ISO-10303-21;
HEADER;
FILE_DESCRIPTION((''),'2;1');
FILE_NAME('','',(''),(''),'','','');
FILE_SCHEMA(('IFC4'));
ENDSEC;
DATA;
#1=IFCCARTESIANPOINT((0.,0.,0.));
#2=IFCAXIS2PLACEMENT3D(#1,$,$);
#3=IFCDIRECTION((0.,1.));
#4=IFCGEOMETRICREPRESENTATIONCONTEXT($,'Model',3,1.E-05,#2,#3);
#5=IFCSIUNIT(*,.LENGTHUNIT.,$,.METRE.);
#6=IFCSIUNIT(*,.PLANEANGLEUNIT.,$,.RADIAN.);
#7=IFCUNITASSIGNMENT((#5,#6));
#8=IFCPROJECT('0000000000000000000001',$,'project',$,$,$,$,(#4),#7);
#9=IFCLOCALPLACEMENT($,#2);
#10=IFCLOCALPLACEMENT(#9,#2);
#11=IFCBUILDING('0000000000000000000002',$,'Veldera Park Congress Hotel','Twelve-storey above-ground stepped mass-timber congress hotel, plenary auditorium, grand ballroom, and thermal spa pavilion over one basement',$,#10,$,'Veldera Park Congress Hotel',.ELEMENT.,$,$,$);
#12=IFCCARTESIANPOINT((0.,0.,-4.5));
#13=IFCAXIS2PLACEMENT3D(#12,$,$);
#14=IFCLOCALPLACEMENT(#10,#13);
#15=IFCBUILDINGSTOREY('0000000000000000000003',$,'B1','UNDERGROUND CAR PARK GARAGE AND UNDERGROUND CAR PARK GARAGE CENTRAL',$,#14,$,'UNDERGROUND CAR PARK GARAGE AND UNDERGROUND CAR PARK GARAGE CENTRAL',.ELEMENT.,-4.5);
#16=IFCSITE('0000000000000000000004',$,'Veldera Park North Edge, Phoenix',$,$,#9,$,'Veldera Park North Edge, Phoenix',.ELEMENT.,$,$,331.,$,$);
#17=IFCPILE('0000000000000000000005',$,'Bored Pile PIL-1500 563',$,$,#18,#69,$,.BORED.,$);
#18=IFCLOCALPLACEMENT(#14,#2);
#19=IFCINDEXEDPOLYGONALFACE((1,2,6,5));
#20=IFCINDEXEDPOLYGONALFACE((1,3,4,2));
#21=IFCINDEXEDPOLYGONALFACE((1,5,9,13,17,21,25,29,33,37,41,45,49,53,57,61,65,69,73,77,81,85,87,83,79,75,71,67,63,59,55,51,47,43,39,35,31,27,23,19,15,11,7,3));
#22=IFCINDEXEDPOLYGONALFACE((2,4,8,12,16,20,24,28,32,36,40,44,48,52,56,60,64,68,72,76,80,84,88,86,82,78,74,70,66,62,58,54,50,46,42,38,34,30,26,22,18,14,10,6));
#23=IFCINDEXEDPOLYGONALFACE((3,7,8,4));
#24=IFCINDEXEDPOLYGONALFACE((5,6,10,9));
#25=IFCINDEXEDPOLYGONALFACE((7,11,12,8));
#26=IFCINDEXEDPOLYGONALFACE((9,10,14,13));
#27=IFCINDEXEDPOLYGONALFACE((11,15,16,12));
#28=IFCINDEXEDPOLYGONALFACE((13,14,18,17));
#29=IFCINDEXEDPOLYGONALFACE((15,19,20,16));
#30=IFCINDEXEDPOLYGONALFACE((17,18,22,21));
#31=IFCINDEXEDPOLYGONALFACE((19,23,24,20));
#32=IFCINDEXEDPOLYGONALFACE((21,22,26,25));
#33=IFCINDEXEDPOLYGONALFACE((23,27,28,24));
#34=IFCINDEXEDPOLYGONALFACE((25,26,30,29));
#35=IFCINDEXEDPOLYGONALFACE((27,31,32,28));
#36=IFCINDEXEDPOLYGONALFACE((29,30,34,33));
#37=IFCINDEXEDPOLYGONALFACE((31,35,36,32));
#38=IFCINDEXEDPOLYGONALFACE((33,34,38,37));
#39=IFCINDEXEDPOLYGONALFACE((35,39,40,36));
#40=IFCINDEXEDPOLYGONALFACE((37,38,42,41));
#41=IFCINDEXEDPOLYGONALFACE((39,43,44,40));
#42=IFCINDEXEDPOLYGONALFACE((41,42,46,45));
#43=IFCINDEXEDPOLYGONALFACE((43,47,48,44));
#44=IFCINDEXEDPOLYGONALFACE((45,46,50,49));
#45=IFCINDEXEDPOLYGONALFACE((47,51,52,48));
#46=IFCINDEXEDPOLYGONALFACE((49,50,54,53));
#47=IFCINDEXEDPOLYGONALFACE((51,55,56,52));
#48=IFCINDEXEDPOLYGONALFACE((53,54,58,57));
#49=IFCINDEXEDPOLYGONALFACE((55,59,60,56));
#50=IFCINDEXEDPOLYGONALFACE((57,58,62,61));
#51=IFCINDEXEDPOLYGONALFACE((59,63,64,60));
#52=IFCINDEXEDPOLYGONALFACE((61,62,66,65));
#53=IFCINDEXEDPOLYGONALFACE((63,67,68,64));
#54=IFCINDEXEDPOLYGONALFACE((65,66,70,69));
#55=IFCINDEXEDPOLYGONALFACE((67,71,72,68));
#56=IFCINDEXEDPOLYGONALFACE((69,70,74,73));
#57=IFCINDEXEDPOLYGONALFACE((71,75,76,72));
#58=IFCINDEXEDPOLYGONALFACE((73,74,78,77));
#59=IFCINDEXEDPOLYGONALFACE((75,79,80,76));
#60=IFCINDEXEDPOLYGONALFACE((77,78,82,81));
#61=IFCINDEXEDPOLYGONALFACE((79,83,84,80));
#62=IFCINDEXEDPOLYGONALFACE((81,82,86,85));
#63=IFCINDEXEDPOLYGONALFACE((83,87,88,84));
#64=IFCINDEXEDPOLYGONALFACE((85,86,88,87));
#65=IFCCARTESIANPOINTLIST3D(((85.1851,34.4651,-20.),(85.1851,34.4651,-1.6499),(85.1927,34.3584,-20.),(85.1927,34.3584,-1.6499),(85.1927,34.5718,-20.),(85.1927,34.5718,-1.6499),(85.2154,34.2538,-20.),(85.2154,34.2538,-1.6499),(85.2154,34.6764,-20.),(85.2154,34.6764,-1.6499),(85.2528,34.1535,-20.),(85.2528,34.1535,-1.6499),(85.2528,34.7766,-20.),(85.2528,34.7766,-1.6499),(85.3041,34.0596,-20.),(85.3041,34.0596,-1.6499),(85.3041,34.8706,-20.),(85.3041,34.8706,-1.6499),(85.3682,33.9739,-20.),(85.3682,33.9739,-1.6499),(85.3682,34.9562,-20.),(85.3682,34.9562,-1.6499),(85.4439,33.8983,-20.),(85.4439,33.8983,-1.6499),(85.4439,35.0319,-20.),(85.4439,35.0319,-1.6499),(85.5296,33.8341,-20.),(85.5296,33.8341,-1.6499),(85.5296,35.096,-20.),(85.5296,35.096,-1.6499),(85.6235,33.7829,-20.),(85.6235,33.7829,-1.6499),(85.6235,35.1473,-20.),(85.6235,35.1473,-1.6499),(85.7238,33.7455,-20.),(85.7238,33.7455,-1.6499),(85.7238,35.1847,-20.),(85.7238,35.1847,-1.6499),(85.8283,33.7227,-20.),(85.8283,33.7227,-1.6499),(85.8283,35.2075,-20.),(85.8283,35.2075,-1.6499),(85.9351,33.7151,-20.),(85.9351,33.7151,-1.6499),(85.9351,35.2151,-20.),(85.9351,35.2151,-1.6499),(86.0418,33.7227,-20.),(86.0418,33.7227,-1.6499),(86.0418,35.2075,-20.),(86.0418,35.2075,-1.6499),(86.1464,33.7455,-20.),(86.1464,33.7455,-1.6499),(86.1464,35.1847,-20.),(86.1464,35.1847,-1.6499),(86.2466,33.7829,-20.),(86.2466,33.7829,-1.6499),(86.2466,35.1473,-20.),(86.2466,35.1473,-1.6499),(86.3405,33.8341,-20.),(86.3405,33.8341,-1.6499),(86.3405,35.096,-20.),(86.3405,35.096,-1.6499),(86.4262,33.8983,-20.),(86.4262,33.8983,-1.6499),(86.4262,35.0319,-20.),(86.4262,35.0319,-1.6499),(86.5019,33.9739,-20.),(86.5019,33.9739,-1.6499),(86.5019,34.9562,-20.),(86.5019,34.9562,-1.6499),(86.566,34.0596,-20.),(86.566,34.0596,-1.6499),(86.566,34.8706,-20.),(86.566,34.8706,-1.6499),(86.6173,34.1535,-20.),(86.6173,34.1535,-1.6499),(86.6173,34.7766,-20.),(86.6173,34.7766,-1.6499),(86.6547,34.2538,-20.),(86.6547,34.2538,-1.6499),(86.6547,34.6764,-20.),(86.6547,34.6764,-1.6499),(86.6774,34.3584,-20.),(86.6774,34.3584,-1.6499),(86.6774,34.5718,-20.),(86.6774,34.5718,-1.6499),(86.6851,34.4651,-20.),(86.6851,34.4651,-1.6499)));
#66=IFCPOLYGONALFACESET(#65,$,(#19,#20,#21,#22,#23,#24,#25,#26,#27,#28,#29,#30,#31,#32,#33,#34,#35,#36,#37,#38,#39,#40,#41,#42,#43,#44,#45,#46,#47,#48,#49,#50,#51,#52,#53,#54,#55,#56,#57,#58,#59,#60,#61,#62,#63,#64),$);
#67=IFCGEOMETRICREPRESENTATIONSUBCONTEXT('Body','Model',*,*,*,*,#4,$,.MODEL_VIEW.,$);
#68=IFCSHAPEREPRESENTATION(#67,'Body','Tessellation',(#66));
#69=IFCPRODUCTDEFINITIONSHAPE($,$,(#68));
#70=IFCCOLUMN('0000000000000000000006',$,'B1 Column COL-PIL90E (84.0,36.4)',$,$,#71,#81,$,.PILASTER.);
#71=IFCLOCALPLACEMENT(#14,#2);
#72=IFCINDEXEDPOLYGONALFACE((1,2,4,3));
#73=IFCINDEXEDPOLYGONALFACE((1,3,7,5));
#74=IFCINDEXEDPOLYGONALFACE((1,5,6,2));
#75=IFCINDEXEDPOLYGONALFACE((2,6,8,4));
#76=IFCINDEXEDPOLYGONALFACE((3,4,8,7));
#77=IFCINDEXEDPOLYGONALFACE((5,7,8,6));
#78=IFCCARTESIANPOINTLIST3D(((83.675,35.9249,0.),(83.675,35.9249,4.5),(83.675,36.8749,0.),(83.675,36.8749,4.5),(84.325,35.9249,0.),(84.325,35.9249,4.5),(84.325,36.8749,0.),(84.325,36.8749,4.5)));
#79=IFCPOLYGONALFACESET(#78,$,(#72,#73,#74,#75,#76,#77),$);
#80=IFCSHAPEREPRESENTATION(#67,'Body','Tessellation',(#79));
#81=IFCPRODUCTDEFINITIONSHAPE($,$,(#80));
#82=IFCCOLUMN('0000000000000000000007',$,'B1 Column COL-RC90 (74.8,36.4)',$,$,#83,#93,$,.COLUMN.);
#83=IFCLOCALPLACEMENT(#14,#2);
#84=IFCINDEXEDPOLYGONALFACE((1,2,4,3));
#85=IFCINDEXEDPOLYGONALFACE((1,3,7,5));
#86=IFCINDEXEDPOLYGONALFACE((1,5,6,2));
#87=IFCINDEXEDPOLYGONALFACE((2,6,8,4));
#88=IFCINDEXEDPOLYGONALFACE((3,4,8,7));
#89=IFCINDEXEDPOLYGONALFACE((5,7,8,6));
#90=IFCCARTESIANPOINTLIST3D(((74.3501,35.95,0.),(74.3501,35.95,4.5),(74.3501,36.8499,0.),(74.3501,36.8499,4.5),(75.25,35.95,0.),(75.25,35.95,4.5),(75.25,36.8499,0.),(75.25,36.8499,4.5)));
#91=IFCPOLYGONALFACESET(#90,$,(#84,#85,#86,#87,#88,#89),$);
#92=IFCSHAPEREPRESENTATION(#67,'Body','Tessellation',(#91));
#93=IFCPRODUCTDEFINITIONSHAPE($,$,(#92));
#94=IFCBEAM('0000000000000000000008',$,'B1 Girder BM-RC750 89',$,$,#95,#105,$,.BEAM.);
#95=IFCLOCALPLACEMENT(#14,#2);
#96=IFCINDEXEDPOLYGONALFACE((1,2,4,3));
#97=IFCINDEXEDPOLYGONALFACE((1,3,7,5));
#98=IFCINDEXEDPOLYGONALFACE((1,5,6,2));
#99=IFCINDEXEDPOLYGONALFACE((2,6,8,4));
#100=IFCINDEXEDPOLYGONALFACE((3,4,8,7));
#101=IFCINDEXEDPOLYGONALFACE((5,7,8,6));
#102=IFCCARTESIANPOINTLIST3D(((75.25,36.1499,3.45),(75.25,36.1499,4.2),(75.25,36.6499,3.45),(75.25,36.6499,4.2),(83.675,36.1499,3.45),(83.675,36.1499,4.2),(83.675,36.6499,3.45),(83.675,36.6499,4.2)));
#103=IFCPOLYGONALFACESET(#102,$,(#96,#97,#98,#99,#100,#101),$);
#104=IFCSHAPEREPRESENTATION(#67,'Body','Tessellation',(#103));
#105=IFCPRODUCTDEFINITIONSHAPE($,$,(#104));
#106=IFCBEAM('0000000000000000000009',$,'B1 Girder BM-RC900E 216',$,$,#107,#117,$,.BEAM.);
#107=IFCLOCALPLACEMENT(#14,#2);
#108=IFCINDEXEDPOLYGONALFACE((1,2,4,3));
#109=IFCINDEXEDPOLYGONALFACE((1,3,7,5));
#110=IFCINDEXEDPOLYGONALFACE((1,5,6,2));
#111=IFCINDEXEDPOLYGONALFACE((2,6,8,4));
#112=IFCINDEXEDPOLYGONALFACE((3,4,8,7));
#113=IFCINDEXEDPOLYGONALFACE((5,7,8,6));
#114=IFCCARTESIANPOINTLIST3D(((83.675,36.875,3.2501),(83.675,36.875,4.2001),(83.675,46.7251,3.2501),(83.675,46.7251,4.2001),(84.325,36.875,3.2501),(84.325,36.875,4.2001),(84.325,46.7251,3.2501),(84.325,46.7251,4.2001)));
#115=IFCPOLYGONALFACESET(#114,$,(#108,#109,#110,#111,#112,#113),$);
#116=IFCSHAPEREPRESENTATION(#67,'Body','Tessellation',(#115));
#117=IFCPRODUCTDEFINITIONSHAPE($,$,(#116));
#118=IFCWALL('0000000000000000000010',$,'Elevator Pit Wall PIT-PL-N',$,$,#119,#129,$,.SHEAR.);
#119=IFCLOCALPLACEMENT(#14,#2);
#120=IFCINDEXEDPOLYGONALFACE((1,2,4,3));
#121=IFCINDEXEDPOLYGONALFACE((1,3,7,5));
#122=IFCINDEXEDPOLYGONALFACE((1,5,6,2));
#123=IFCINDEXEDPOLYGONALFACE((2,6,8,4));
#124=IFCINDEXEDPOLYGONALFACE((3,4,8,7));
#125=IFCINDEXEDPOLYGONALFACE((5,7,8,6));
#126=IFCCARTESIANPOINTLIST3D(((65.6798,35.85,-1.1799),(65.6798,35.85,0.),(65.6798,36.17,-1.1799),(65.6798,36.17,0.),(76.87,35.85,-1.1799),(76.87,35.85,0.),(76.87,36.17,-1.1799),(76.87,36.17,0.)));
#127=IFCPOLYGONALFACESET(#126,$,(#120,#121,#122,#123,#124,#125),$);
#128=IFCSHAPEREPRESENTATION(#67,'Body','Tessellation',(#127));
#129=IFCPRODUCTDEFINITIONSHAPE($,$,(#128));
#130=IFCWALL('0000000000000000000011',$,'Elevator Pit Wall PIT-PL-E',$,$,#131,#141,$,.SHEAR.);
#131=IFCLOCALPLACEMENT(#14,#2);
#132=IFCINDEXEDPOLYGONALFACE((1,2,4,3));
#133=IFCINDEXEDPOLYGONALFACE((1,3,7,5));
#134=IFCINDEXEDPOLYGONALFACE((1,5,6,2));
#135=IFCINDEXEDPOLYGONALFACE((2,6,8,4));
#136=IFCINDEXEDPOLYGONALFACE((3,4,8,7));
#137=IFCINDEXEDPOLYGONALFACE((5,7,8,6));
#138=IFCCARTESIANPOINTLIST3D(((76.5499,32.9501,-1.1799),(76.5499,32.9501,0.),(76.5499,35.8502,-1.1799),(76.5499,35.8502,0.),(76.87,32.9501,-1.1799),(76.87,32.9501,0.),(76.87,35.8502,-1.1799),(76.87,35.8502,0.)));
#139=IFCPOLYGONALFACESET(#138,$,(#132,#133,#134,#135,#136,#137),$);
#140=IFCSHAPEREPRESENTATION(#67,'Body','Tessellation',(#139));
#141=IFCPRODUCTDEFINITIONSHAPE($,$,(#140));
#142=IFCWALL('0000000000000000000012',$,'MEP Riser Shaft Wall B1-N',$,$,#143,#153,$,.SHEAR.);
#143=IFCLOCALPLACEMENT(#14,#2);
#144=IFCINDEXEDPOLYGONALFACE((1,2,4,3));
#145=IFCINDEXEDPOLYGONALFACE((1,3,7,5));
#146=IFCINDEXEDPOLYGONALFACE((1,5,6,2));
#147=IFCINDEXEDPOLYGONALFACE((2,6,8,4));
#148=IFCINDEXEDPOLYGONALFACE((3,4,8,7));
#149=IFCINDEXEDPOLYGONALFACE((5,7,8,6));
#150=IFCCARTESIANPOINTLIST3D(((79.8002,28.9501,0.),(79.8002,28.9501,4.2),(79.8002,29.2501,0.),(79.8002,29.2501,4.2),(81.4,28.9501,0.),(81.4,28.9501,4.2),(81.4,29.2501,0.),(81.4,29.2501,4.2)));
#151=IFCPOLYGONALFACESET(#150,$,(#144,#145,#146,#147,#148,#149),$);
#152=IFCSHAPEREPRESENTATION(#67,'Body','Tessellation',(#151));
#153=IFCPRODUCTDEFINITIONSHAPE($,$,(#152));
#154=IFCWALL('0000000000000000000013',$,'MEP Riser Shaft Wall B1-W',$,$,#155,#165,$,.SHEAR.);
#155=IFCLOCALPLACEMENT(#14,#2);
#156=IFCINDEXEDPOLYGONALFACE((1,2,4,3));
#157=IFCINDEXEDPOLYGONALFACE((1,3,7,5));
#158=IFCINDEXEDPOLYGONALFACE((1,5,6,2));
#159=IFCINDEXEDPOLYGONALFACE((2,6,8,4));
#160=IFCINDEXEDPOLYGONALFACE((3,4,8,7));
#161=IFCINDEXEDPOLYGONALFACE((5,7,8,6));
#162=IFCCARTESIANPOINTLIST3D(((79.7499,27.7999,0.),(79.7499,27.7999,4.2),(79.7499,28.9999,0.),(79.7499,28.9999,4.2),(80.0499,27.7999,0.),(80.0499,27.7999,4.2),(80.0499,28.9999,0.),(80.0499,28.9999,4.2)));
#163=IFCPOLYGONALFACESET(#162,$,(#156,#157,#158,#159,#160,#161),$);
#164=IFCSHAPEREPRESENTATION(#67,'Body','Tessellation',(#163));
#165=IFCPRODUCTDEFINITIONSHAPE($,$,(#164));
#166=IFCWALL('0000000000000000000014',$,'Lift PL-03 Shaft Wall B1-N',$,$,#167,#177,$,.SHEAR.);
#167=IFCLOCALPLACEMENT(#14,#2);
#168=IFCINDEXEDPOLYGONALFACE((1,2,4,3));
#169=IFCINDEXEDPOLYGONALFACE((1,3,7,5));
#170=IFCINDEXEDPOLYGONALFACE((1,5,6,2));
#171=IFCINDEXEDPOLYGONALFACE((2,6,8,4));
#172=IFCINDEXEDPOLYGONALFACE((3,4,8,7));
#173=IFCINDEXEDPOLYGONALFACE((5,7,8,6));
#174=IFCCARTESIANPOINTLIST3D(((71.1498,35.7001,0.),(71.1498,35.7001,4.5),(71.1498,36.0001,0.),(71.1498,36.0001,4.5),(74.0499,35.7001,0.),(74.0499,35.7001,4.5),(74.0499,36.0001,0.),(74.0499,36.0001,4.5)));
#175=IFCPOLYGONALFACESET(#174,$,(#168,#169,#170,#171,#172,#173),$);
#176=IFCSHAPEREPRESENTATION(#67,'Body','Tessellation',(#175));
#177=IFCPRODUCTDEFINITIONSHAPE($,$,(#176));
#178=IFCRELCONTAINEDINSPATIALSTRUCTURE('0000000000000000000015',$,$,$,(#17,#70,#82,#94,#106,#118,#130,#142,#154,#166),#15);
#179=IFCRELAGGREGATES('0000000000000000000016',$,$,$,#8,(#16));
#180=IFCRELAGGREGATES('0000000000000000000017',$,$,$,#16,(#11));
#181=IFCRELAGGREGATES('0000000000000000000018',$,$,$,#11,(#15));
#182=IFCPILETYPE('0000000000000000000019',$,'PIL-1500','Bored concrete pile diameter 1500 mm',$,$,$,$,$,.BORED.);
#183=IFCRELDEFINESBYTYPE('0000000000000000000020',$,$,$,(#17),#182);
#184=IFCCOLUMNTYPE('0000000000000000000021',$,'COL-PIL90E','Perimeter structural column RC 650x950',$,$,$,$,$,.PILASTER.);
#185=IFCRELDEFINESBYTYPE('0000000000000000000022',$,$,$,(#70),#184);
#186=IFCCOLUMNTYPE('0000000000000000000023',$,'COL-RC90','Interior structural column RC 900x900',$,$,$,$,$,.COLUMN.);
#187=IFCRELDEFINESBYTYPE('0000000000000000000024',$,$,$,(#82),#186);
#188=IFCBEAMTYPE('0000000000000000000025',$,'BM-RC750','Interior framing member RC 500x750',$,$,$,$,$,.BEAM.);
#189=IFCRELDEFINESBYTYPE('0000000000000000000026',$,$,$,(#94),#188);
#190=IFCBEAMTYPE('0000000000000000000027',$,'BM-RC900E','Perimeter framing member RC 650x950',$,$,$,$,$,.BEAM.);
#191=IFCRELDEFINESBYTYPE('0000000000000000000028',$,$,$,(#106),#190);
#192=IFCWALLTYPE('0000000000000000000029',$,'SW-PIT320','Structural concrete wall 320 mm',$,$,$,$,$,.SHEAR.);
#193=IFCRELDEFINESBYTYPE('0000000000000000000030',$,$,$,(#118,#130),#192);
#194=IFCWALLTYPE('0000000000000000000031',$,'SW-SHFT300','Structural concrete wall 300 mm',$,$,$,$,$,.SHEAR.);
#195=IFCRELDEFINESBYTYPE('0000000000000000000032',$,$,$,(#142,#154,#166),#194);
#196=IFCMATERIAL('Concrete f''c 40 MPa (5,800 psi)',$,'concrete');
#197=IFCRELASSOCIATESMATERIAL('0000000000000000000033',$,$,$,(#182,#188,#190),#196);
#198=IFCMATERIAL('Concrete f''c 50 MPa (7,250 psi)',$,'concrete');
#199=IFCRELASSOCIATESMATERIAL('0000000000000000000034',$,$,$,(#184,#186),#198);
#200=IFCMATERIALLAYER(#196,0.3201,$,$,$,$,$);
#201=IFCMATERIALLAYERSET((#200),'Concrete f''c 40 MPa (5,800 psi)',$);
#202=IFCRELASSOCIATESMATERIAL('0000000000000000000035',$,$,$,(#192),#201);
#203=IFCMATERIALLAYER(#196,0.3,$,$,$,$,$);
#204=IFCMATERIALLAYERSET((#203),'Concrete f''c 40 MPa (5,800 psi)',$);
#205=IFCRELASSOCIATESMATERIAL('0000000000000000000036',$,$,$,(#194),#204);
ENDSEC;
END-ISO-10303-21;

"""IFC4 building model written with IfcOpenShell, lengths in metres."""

from ifc_helpers import new_model, si_unit, direction, frame, frame_2d, origin, origin_2d, place, context, subcontext, project, spatial, rectangle, circle, extrude, material, layer, layer_set, material_profile, profile_set, type_object, element, save


model = new_model("IFC4")

# Units and contexts
model_context = context("Model", 3, precision=1e-05, world=origin(), true_north=direction((0.0, 1.0)))
body_context = subcontext(model_context, "Body", "Model", "MODEL_VIEW")
ifc_project = project(units=[si_unit("LENGTHUNIT", "METRE"), si_unit("PLANEANGLEUNIT", "RADIAN")], contexts=[model_context])

# Site, building, storey
site_placement = place(None, origin())
site = spatial("IfcSite", under=ifc_project, at=site_placement, Name="Veldera Park North Edge, Phoenix", LongName="Veldera Park North Edge, Phoenix", CompositionType="ELEMENT", RefElevation=331.0)
building_placement = place(site_placement, origin())
building = spatial("IfcBuilding", under=site, at=building_placement, Name="Veldera Park Congress Hotel", Description="Twelve-storey above-ground stepped mass-timber congress hotel, plenary auditorium, grand ballroom, and thermal spa pavilion over one basement", LongName="Veldera Park Congress Hotel", CompositionType="ELEMENT")
storey_placement = place(building_placement, frame((0.0, 0.0, -4.5)))
storey = spatial("IfcBuildingStorey", under=building, at=storey_placement, Name="B1", Description="UNDERGROUND CAR PARK GARAGE AND UNDERGROUND CAR PARK GARAGE CENTRAL", LongName="UNDERGROUND CAR PARK GARAGE AND UNDERGROUND CAR PARK GARAGE CENTRAL", CompositionType="ELEMENT", Elevation=-4.5)

# Shared definitions
ifc_material_1 = material(Name="Concrete f'c 40 MPa (5,800 psi)", Category="concrete")

# Pile
ifc_material_profile_1 = material_profile(ifc_material_1, circle(Radius=0.75, at=origin_2d()), Name="PILE D1500")
ifc_profile_set_1 = profile_set([ifc_material_profile_1], Name="Concrete f'c 40 MPa (5,800 psi)")
pile_type = type_object("IfcPileType", Name="PIL-1500", Description="Bored concrete pile diameter 1500 mm", PredefinedType="BORED", material=ifc_profile_set_1)
for number, where, z_axis, x_axis, name in (
    (1, (85.9351, 34.4651, -1.6499), (0.0, 0.0, -1.0), (1.0, 0.0, 0.0), "Bored Pile PIL-1500 563"),
):
    element("IfcPile", number, at=place(storey_placement, frame(where, z_axis=z_axis, x_axis=x_axis)), inside=storey, type_object=pile_type, Name=name, PredefinedType="BORED", context=body_context, shape_type="SweptSolid", body=[
        extrude(circle(Radius=0.75, at=origin_2d()), origin(), (0.0, 0.0, 1.0), 18.3501),
    ])

# Columns
ifc_material_2 = material(Name="Concrete f'c 50 MPa (7,250 psi)", Category="concrete")
ifc_material_profile_2 = material_profile(ifc_material_2, rectangle(XDim=0.6499, YDim=0.95, at=origin_2d()), Name="RC 650x950")
ifc_profile_set_2 = profile_set([ifc_material_profile_2], Name="Concrete f'c 50 MPa (7,250 psi)")
column_type_1 = type_object("IfcColumnType", Name="COL-PIL90E", Description="Perimeter structural column RC 650x950", PredefinedType="PILASTER", material=ifc_profile_set_2)
column_1_placement = place(storey_placement, frame((84.0, 36.3999, 0.0), z_axis=(0.0, 0.0, 1.0), x_axis=(1.0, 0.0, 0.0)))
element("IfcColumn", 2, at=column_1_placement, inside=storey, type_object=column_type_1, Name="B1 Column COL-PIL90E (84.0,36.4)", PredefinedType="PILASTER", context=body_context, shape_type="SweptSolid", body=[
    extrude(rectangle(XDim=0.6499, YDim=0.95, at=origin_2d()), origin(), (0.0, 0.0, 1.0), 4.5),
])
ifc_material_profile_3 = material_profile(ifc_material_2, rectangle(XDim=0.8999, YDim=0.8999, at=origin_2d()), Name="RC 900x900")
ifc_profile_set_3 = profile_set([ifc_material_profile_3], Name="Concrete f'c 50 MPa (7,250 psi)")
column_type_2 = type_object("IfcColumnType", Name="COL-RC90", Description="Interior structural column RC 900x900", PredefinedType="COLUMN", material=ifc_profile_set_3)
column_2_placement = place(storey_placement, frame((74.8, 36.3999, 0.0), z_axis=(0.0, 0.0, 1.0), x_axis=(1.0, 0.0, 0.0)))
element("IfcColumn", 3, at=column_2_placement, inside=storey, type_object=column_type_2, Name="B1 Column COL-RC90 (74.8,36.4)", PredefinedType="COLUMN", context=body_context, shape_type="SweptSolid", body=[
    extrude(rectangle(XDim=0.8999, YDim=0.8999, at=origin_2d()), origin(), (0.0, 0.0, 1.0), 4.5),
])

# Beams
ifc_material_profile_4 = material_profile(ifc_material_1, rectangle(XDim=0.5, YDim=0.75, at=origin_2d()), Name="RC 500x750")
ifc_profile_set_4 = profile_set([ifc_material_profile_4], Name="Concrete f'c 40 MPa (5,800 psi)")
beam_type_1 = type_object("IfcBeamType", Name="BM-RC750", Description="Interior framing member RC 500x750", PredefinedType="BEAM", material=ifc_profile_set_4)
beam_1_placement = place(storey_placement, frame((75.25, 36.3999, 3.825), z_axis=(1.0, 0.0, 0.0), x_axis=(0.0, 1.0, 0.0)))
element("IfcBeam", 4, at=beam_1_placement, inside=storey, type_object=beam_type_1, Name="B1 Girder BM-RC750 89", PredefinedType="BEAM", context=body_context, shape_type="SweptSolid", body=[
    extrude(rectangle(XDim=0.5, YDim=0.75, at=origin_2d()), origin(), (0.0, 0.0, 1.0), 8.425),
])
ifc_material_profile_5 = material_profile(ifc_material_1, rectangle(XDim=0.6499, YDim=0.95, at=origin_2d()), Name="RC 650x950")
ifc_profile_set_5 = profile_set([ifc_material_profile_5], Name="Concrete f'c 40 MPa (5,800 psi)")
beam_type_2 = type_object("IfcBeamType", Name="BM-RC900E", Description="Perimeter framing member RC 650x950", PredefinedType="BEAM", material=ifc_profile_set_5)
beam_2_placement = place(storey_placement, frame((84.0, 36.875, 3.7251), z_axis=(0.0, 1.0, 0.0), x_axis=(-1.0, 0.0, 0.0)))
element("IfcBeam", 5, at=beam_2_placement, inside=storey, type_object=beam_type_2, Name="B1 Girder BM-RC900E 216", PredefinedType="BEAM", context=body_context, shape_type="SweptSolid", body=[
    extrude(rectangle(XDim=0.6499, YDim=0.95, at=origin_2d()), origin(), (0.0, 0.0, 1.0), 9.8501),
])

# Walls
ifc_layer_1 = layer(ifc_material_1, 0.3201)
ifc_layer_set_1 = layer_set([ifc_layer_1], Name="Concrete f'c 40 MPa (5,800 psi)")
wall_type_1 = type_object("IfcWallType", Name="SW-PIT320", Description="Structural concrete wall 320 mm", PredefinedType="SHEAR", material=ifc_layer_set_1)
wall_1_placement = place(storey_placement, frame((76.8701, 36.01, -1.1799), z_axis=(0.0, 0.0, 1.0), x_axis=(-1.0, 0.0, 0.0)))
element("IfcWall", 6, at=wall_1_placement, inside=storey, type_object=wall_type_1, Name="Elevator Pit Wall PIT-PL-N", PredefinedType="SHEAR", context=body_context, shape_type="SweptSolid", body=[
    extrude(rectangle(XDim=11.1902, YDim=0.3201, at=frame_2d((5.5952, 0.0))), origin(), (0.0, 0.0, 1.0), 1.1799),
])
wall_2_placement = place(storey_placement, frame((76.71, 32.95, -1.1799), z_axis=(0.0, 0.0, 1.0), x_axis=(0.0, 1.0, 0.0)))
element("IfcWall", 7, at=wall_2_placement, inside=storey, type_object=wall_type_1, Name="Elevator Pit Wall PIT-PL-E", PredefinedType="SHEAR", context=body_context, shape_type="SweptSolid", body=[
    extrude(rectangle(XDim=2.9001, YDim=0.3201, at=frame_2d((1.4502, 0.0))), origin(), (0.0, 0.0, 1.0), 1.1799),
])
ifc_layer_2 = layer(ifc_material_1, 0.3)
ifc_layer_set_2 = layer_set([ifc_layer_2], Name="Concrete f'c 40 MPa (5,800 psi)")
wall_type_2 = type_object("IfcWallType", Name="SW-SHFT300", Description="Structural concrete wall 300 mm", PredefinedType="SHEAR", material=ifc_layer_set_2)
wall_3_placement = place(storey_placement, frame((81.3999, 29.1001, 0.0), z_axis=(0.0, 0.0, 1.0), x_axis=(-1.0, 0.0, 0.0)))
element("IfcWall", 8, at=wall_3_placement, inside=storey, type_object=wall_type_2, Name="MEP Riser Shaft Wall B1-N", PredefinedType="SHEAR", context=body_context, shape_type="SweptSolid", body=[
    extrude(rectangle(XDim=1.5999, YDim=0.3, at=frame_2d((0.7998, 0.0))), origin(), (0.0, 0.0, 1.0), 4.2),
])
wall_4_placement = place(storey_placement, frame((79.8999, 29.0, 0.0), z_axis=(0.0, 0.0, 1.0), x_axis=(0.0, -1.0, 0.0)))
element("IfcWall", 9, at=wall_4_placement, inside=storey, type_object=wall_type_2, Name="MEP Riser Shaft Wall B1-W", PredefinedType="SHEAR", context=body_context, shape_type="SweptSolid", body=[
    extrude(rectangle(XDim=1.2, YDim=0.3, at=frame_2d((0.6001, 0.0))), origin(), (0.0, 0.0, 1.0), 4.2),
])
wall_5_placement = place(storey_placement, frame((74.05, 35.8501, 0.0), z_axis=(0.0, 0.0, 1.0), x_axis=(-1.0, 0.0, 0.0)))
element("IfcWall", 10, at=wall_5_placement, inside=storey, type_object=wall_type_2, Name="Lift PL-03 Shaft Wall B1-N", PredefinedType="SHEAR", context=body_context, shape_type="SweptSolid", body=[
    extrude(rectangle(XDim=2.9001, YDim=0.3, at=frame_2d((1.4502, 0.0))), origin(), (0.0, 0.0, 1.0), 4.5),
])

save(model, "model.ifc")
